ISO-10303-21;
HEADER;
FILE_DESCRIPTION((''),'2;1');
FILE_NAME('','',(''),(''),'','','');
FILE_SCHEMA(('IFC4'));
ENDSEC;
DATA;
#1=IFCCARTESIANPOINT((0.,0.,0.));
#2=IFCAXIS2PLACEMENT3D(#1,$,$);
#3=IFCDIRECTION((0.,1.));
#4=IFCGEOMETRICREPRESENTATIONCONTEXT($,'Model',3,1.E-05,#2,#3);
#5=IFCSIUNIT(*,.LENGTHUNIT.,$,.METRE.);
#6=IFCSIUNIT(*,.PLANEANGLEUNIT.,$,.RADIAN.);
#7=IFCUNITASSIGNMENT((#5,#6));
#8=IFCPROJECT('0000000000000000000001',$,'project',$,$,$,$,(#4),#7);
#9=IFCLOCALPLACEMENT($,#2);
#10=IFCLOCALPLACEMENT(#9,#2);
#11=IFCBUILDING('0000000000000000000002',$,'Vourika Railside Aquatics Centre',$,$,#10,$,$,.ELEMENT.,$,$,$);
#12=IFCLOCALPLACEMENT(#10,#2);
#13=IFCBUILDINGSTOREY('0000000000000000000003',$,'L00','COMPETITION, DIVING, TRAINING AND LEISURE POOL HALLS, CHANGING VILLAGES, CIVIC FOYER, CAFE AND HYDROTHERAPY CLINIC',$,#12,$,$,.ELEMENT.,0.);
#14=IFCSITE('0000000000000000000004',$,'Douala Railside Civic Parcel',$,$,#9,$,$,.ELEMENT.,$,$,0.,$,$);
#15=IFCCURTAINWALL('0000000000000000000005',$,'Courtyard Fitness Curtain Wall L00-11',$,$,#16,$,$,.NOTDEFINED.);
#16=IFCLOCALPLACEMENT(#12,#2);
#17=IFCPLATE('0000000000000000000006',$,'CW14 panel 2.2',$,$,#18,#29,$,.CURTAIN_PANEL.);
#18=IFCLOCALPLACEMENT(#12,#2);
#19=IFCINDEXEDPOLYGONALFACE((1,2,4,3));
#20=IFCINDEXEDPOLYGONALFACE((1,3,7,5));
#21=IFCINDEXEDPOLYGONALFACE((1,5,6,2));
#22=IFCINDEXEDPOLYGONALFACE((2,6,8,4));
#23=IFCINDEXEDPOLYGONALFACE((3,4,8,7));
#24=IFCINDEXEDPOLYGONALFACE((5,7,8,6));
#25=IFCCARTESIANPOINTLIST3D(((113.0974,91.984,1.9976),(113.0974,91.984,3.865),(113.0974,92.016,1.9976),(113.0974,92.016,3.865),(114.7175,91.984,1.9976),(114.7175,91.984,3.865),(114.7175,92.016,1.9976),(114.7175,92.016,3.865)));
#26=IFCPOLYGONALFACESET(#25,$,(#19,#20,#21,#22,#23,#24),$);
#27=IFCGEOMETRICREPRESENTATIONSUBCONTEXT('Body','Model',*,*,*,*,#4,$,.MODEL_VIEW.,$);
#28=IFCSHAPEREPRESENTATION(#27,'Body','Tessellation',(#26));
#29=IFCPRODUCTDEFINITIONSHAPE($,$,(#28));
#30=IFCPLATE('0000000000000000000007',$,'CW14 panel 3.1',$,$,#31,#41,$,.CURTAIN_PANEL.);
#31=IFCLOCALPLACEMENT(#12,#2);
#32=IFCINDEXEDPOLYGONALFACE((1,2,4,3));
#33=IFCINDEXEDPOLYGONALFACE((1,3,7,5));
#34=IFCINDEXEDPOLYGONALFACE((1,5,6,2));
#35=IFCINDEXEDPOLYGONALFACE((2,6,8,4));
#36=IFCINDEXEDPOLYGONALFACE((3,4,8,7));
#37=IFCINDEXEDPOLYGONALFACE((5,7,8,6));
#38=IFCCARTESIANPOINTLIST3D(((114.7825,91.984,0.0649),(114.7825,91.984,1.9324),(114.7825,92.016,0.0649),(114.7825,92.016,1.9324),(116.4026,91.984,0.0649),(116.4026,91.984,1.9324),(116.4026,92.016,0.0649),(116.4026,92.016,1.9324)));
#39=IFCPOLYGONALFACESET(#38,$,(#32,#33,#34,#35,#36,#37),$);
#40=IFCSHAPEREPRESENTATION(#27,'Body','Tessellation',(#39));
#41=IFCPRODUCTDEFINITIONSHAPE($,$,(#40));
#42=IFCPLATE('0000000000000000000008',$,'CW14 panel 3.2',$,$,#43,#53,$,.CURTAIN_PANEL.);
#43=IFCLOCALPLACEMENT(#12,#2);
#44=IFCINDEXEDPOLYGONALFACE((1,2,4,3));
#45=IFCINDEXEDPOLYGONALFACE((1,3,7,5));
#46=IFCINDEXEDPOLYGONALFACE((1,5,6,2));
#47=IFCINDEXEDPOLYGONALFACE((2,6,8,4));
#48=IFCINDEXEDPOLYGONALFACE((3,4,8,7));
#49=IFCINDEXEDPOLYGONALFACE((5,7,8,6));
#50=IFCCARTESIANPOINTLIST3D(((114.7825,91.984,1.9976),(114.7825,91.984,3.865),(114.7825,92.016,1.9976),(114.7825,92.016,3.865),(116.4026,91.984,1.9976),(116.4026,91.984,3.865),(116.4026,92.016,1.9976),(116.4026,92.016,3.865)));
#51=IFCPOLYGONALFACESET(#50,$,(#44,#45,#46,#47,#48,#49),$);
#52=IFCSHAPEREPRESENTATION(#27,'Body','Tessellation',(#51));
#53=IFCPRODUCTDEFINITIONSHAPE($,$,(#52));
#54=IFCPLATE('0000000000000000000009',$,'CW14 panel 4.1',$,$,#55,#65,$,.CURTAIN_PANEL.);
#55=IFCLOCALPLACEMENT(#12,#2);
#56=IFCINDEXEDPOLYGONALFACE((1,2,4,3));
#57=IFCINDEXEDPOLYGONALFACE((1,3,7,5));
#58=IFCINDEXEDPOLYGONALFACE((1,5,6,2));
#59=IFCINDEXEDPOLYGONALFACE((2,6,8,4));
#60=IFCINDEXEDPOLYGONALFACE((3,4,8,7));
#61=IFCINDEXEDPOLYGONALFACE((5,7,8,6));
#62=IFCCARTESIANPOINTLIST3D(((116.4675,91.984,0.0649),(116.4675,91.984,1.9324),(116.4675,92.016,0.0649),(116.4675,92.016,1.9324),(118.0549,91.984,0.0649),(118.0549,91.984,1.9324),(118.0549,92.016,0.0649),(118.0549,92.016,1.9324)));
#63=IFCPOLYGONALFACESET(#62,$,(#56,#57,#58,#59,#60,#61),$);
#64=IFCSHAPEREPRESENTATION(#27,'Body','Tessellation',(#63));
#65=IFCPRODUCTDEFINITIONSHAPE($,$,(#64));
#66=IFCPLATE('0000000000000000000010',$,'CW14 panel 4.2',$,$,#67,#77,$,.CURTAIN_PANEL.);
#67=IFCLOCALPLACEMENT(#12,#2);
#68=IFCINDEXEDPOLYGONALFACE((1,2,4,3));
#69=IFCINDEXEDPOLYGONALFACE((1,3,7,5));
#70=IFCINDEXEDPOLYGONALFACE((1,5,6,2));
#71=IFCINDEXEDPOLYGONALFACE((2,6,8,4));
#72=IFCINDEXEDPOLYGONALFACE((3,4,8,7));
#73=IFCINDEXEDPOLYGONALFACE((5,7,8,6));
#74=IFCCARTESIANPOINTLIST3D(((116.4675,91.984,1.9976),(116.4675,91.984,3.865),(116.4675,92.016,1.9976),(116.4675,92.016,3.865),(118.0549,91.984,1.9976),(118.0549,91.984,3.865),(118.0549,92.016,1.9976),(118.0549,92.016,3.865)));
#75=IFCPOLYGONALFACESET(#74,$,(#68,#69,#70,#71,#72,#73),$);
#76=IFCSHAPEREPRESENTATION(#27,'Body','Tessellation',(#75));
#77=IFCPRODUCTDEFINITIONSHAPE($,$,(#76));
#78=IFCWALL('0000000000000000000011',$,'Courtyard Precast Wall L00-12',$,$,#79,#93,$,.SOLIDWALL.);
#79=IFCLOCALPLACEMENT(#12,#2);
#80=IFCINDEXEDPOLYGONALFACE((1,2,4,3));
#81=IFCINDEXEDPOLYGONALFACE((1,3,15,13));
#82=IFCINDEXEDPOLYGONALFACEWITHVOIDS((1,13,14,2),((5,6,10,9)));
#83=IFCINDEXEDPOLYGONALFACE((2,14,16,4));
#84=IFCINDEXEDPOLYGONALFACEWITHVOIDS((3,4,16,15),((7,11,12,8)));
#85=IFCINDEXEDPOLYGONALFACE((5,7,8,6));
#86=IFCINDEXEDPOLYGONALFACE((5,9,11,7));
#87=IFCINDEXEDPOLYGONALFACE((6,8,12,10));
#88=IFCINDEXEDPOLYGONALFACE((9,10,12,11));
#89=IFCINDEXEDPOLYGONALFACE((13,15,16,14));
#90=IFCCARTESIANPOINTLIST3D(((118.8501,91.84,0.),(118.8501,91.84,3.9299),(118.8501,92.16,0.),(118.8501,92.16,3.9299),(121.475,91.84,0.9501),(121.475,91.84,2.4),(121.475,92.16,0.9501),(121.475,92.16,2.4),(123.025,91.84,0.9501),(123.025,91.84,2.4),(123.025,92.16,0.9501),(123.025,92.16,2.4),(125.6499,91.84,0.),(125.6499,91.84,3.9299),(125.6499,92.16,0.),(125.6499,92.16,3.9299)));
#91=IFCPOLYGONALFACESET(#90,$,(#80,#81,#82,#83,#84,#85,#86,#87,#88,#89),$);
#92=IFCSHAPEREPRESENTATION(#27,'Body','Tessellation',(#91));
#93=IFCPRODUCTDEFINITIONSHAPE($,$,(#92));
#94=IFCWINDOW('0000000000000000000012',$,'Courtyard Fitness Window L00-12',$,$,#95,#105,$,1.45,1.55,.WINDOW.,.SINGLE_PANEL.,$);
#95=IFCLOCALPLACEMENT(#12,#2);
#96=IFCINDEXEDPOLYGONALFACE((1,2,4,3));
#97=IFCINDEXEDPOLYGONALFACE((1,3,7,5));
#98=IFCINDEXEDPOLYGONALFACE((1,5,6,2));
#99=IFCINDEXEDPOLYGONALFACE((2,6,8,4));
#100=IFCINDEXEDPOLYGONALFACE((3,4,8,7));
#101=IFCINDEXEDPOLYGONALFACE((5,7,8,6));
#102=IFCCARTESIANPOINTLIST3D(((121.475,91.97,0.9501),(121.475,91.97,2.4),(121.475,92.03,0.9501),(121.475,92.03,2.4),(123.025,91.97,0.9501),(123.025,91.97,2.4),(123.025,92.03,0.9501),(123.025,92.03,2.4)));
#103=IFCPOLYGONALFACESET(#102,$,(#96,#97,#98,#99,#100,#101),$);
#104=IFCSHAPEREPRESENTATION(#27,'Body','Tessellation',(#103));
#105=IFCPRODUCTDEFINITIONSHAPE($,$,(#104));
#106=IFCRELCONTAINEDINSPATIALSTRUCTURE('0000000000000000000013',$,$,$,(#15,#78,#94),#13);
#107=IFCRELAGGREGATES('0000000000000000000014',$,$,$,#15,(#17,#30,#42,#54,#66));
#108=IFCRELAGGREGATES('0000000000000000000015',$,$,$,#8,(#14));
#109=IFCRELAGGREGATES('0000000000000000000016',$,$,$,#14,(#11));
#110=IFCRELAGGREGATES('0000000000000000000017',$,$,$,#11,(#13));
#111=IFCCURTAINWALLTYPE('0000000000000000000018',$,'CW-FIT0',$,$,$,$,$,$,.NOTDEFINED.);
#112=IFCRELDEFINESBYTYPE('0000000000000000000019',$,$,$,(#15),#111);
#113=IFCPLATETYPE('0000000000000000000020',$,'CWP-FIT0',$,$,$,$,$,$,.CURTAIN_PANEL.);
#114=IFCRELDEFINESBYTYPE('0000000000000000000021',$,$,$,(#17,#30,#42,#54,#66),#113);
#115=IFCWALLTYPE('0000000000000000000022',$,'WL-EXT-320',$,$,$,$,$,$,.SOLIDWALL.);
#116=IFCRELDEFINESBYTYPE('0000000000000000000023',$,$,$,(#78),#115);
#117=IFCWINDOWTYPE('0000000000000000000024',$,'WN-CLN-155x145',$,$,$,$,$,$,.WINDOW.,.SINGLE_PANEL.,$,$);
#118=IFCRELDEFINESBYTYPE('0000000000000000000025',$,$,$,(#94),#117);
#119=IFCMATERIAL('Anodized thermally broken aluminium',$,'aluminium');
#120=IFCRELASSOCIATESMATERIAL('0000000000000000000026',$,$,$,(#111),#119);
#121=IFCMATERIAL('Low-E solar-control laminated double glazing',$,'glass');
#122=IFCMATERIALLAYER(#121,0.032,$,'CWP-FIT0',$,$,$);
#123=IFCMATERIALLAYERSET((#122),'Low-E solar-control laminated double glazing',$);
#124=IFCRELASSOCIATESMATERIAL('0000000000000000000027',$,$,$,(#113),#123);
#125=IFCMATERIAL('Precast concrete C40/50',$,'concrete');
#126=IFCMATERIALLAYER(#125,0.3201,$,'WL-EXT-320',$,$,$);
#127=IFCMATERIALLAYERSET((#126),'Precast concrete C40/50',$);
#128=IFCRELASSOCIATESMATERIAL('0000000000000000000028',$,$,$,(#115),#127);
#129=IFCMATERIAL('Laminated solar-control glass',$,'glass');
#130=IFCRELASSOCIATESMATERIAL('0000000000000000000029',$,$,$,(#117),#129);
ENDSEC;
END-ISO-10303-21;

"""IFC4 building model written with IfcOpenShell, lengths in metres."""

from ifc_helpers import new_model, si_unit, direction, frame, frame_2d, origin, origin_2d, place, context, subcontext, project, spatial, rectangle, extrude, material, layer, layer_set, type_object, element, fill, aggregate, save


model = new_model("IFC4")

# Units and contexts
model_context = context("Model", 3, precision=1e-05, world=origin(), true_north=direction((0.0, 1.0)))
body_context = subcontext(model_context, "Body", "Model", "MODEL_VIEW")
ifc_project = project(units=[si_unit("LENGTHUNIT", "METRE"), si_unit("PLANEANGLEUNIT", "RADIAN")], contexts=[model_context])

# Site, building, storey
site_placement = place(None, origin())
site = spatial("IfcSite", under=ifc_project, at=site_placement, Name="Douala Railside Civic Parcel", CompositionType="ELEMENT", RefElevation=0.0)
building_placement = place(site_placement, origin())
building = spatial("IfcBuilding", under=site, at=building_placement, Name="Vourika Railside Aquatics Centre", CompositionType="ELEMENT")
storey_placement = place(building_placement, origin())
storey = spatial("IfcBuildingStorey", under=building, at=storey_placement, Name="L00", Description="COMPETITION, DIVING, TRAINING AND LEISURE POOL HALLS, CHANGING VILLAGES, CIVIC FOYER, CAFE AND HYDROTHERAPY CLINIC", CompositionType="ELEMENT", Elevation=0.0)

# Curtain wall, plates
ifc_material_1 = material(Name="Anodized thermally broken aluminium", Category="aluminium")
curtain_wall_type = type_object("IfcCurtainWallType", Name="CW-FIT0", PredefinedType="NOTDEFINED", material=ifc_material_1)
curtain_wall_placement = place(storey_placement, origin())
curtain_wall = element("IfcCurtainWall", 1, at=curtain_wall_placement, inside=storey, type_object=curtain_wall_type, Name="Courtyard Fitness Curtain Wall L00-11", PredefinedType="NOTDEFINED")
ifc_material_2 = material(Name="Low-E solar-control laminated double glazing", Category="glass")
ifc_layer_1 = layer(ifc_material_2, 0.032, Name="CWP-FIT0")
ifc_layer_set_1 = layer_set([ifc_layer_1], Name="Low-E solar-control laminated double glazing")
plate_type = type_object("IfcPlateType", Name="CWP-FIT0", PredefinedType="CURTAIN_PANEL", material=ifc_layer_set_1)
plate_1_placement = place(storey_placement, frame((113.9075, 92.0, 1.9976), z_axis=(0.0, 0.0, 1.0), x_axis=(1.0, 0.0, 0.0)))
plate_1 = element("IfcPlate", 2, at=plate_1_placement, type_object=plate_type, Name="CW14 panel 2.2", PredefinedType="CURTAIN_PANEL", context=body_context, shape_type="SweptSolid", body=[
    extrude(rectangle(XDim=1.6201, YDim=0.032, at=origin_2d()), origin(), (0.0, 0.0, 1.0), 1.8674),
])
plate_2_placement = place(storey_placement, frame((115.5925, 92.0, 0.0649), z_axis=(0.0, 0.0, 1.0), x_axis=(1.0, 0.0, 0.0)))
plate_2 = element("IfcPlate", 3, at=plate_2_placement, type_object=plate_type, Name="CW14 panel 3.1", PredefinedType="CURTAIN_PANEL", context=body_context, shape_type="SweptSolid", body=[
    extrude(rectangle(XDim=1.6201, YDim=0.032, at=origin_2d()), origin(), (0.0, 0.0, 1.0), 1.8674),
])
plate_3_placement = place(storey_placement, frame((115.5925, 92.0, 1.9976), z_axis=(0.0, 0.0, 1.0), x_axis=(1.0, 0.0, 0.0)))
plate_3 = element("IfcPlate", 4, at=plate_3_placement, type_object=plate_type, Name="CW14 panel 3.2", PredefinedType="CURTAIN_PANEL", context=body_context, shape_type="SweptSolid", body=[
    extrude(rectangle(XDim=1.6201, YDim=0.032, at=origin_2d()), origin(), (0.0, 0.0, 1.0), 1.8674),
])
plate_4_placement = place(storey_placement, frame((117.2612, 92.0, 0.0649), z_axis=(0.0, 0.0, 1.0), x_axis=(1.0, 0.0, 0.0)))
plate_4 = element("IfcPlate", 5, at=plate_4_placement, type_object=plate_type, Name="CW14 panel 4.1", PredefinedType="CURTAIN_PANEL", context=body_context, shape_type="SweptSolid", body=[
    extrude(rectangle(XDim=1.5874, YDim=0.032, at=origin_2d()), origin(), (0.0, 0.0, 1.0), 1.8674),
])
plate_5_placement = place(storey_placement, frame((117.2612, 92.0, 1.9976), z_axis=(0.0, 0.0, 1.0), x_axis=(1.0, 0.0, 0.0)))
plate_5 = element("IfcPlate", 6, at=plate_5_placement, type_object=plate_type, Name="CW14 panel 4.2", PredefinedType="CURTAIN_PANEL", context=body_context, shape_type="SweptSolid", body=[
    extrude(rectangle(XDim=1.5874, YDim=0.032, at=origin_2d()), origin(), (0.0, 0.0, 1.0), 1.8674),
])
aggregate(curtain_wall, [plate_1, plate_2, plate_3, plate_4, plate_5])

# Wall, opening, window
ifc_material_3 = material(Name="Precast concrete C40/50", Category="concrete")
ifc_layer_2 = layer(ifc_material_3, 0.3201, Name="WL-EXT-320")
ifc_layer_set_2 = layer_set([ifc_layer_2], Name="Precast concrete C40/50")
wall_type = type_object("IfcWallType", Name="WL-EXT-320", PredefinedType="SOLIDWALL", material=ifc_layer_set_2)
wall_placement = place(storey_placement, frame((118.8501, 92.0, 0.0), z_axis=(0.0, 0.0, 1.0), x_axis=(1.0, 0.0, 0.0)))
wall = element("IfcWall", 7, at=wall_placement, inside=storey, type_object=wall_type, Name="Courtyard Precast Wall L00-12", PredefinedType="SOLIDWALL", context=body_context, shape_type="SweptSolid", body=[
    extrude(rectangle(XDim=6.7998, YDim=0.3201, at=frame_2d((3.3999, 0.0))), origin(), (0.0, 0.0, 1.0), 3.9299),
])
opening_placement = place(wall_placement, frame((2.625, 0.0, 0.95)))
opening = element("IfcOpeningElement", 8, at=opening_placement, cuts=wall, PredefinedType="OPENING", context=body_context, shape_type="SweptSolid", body=[
    extrude(rectangle(XDim=1.55, YDim=1.45, at=frame_2d((0.7749, 0.7251))), frame((0.0, 0.1699, 0.0), z_axis=(0.0, -1.0, 0.0), x_axis=(1.0, 0.0, 0.0)), (0.0, 0.0, 1.0), 0.3401),
])
ifc_material_4 = material(Name="Laminated solar-control glass", Category="glass")
window_type = type_object("IfcWindowType", Name="WN-CLN-155x145", PartitioningType="SINGLE_PANEL", PredefinedType="WINDOW", material=ifc_material_4)
window_placement = place(opening_placement, origin())
window = element("IfcWindow", 9, at=window_placement, inside=storey, type_object=window_type, Name="Courtyard Fitness Window L00-12", OverallHeight=1.45, OverallWidth=1.55, PartitioningType="SINGLE_PANEL", PredefinedType="WINDOW", context=body_context, shape_type="SweptSolid", body=[
    extrude(rectangle(XDim=1.55, YDim=1.45, at=frame_2d((0.7749, 0.7251))), frame((0.0, 0.03, 0.0), z_axis=(0.0, -1.0, 0.0), x_axis=(1.0, 0.0, 0.0)), (0.0, 0.0, 1.0), 0.0601),
])
fill(opening, window)

save(model, "model.ifc")
